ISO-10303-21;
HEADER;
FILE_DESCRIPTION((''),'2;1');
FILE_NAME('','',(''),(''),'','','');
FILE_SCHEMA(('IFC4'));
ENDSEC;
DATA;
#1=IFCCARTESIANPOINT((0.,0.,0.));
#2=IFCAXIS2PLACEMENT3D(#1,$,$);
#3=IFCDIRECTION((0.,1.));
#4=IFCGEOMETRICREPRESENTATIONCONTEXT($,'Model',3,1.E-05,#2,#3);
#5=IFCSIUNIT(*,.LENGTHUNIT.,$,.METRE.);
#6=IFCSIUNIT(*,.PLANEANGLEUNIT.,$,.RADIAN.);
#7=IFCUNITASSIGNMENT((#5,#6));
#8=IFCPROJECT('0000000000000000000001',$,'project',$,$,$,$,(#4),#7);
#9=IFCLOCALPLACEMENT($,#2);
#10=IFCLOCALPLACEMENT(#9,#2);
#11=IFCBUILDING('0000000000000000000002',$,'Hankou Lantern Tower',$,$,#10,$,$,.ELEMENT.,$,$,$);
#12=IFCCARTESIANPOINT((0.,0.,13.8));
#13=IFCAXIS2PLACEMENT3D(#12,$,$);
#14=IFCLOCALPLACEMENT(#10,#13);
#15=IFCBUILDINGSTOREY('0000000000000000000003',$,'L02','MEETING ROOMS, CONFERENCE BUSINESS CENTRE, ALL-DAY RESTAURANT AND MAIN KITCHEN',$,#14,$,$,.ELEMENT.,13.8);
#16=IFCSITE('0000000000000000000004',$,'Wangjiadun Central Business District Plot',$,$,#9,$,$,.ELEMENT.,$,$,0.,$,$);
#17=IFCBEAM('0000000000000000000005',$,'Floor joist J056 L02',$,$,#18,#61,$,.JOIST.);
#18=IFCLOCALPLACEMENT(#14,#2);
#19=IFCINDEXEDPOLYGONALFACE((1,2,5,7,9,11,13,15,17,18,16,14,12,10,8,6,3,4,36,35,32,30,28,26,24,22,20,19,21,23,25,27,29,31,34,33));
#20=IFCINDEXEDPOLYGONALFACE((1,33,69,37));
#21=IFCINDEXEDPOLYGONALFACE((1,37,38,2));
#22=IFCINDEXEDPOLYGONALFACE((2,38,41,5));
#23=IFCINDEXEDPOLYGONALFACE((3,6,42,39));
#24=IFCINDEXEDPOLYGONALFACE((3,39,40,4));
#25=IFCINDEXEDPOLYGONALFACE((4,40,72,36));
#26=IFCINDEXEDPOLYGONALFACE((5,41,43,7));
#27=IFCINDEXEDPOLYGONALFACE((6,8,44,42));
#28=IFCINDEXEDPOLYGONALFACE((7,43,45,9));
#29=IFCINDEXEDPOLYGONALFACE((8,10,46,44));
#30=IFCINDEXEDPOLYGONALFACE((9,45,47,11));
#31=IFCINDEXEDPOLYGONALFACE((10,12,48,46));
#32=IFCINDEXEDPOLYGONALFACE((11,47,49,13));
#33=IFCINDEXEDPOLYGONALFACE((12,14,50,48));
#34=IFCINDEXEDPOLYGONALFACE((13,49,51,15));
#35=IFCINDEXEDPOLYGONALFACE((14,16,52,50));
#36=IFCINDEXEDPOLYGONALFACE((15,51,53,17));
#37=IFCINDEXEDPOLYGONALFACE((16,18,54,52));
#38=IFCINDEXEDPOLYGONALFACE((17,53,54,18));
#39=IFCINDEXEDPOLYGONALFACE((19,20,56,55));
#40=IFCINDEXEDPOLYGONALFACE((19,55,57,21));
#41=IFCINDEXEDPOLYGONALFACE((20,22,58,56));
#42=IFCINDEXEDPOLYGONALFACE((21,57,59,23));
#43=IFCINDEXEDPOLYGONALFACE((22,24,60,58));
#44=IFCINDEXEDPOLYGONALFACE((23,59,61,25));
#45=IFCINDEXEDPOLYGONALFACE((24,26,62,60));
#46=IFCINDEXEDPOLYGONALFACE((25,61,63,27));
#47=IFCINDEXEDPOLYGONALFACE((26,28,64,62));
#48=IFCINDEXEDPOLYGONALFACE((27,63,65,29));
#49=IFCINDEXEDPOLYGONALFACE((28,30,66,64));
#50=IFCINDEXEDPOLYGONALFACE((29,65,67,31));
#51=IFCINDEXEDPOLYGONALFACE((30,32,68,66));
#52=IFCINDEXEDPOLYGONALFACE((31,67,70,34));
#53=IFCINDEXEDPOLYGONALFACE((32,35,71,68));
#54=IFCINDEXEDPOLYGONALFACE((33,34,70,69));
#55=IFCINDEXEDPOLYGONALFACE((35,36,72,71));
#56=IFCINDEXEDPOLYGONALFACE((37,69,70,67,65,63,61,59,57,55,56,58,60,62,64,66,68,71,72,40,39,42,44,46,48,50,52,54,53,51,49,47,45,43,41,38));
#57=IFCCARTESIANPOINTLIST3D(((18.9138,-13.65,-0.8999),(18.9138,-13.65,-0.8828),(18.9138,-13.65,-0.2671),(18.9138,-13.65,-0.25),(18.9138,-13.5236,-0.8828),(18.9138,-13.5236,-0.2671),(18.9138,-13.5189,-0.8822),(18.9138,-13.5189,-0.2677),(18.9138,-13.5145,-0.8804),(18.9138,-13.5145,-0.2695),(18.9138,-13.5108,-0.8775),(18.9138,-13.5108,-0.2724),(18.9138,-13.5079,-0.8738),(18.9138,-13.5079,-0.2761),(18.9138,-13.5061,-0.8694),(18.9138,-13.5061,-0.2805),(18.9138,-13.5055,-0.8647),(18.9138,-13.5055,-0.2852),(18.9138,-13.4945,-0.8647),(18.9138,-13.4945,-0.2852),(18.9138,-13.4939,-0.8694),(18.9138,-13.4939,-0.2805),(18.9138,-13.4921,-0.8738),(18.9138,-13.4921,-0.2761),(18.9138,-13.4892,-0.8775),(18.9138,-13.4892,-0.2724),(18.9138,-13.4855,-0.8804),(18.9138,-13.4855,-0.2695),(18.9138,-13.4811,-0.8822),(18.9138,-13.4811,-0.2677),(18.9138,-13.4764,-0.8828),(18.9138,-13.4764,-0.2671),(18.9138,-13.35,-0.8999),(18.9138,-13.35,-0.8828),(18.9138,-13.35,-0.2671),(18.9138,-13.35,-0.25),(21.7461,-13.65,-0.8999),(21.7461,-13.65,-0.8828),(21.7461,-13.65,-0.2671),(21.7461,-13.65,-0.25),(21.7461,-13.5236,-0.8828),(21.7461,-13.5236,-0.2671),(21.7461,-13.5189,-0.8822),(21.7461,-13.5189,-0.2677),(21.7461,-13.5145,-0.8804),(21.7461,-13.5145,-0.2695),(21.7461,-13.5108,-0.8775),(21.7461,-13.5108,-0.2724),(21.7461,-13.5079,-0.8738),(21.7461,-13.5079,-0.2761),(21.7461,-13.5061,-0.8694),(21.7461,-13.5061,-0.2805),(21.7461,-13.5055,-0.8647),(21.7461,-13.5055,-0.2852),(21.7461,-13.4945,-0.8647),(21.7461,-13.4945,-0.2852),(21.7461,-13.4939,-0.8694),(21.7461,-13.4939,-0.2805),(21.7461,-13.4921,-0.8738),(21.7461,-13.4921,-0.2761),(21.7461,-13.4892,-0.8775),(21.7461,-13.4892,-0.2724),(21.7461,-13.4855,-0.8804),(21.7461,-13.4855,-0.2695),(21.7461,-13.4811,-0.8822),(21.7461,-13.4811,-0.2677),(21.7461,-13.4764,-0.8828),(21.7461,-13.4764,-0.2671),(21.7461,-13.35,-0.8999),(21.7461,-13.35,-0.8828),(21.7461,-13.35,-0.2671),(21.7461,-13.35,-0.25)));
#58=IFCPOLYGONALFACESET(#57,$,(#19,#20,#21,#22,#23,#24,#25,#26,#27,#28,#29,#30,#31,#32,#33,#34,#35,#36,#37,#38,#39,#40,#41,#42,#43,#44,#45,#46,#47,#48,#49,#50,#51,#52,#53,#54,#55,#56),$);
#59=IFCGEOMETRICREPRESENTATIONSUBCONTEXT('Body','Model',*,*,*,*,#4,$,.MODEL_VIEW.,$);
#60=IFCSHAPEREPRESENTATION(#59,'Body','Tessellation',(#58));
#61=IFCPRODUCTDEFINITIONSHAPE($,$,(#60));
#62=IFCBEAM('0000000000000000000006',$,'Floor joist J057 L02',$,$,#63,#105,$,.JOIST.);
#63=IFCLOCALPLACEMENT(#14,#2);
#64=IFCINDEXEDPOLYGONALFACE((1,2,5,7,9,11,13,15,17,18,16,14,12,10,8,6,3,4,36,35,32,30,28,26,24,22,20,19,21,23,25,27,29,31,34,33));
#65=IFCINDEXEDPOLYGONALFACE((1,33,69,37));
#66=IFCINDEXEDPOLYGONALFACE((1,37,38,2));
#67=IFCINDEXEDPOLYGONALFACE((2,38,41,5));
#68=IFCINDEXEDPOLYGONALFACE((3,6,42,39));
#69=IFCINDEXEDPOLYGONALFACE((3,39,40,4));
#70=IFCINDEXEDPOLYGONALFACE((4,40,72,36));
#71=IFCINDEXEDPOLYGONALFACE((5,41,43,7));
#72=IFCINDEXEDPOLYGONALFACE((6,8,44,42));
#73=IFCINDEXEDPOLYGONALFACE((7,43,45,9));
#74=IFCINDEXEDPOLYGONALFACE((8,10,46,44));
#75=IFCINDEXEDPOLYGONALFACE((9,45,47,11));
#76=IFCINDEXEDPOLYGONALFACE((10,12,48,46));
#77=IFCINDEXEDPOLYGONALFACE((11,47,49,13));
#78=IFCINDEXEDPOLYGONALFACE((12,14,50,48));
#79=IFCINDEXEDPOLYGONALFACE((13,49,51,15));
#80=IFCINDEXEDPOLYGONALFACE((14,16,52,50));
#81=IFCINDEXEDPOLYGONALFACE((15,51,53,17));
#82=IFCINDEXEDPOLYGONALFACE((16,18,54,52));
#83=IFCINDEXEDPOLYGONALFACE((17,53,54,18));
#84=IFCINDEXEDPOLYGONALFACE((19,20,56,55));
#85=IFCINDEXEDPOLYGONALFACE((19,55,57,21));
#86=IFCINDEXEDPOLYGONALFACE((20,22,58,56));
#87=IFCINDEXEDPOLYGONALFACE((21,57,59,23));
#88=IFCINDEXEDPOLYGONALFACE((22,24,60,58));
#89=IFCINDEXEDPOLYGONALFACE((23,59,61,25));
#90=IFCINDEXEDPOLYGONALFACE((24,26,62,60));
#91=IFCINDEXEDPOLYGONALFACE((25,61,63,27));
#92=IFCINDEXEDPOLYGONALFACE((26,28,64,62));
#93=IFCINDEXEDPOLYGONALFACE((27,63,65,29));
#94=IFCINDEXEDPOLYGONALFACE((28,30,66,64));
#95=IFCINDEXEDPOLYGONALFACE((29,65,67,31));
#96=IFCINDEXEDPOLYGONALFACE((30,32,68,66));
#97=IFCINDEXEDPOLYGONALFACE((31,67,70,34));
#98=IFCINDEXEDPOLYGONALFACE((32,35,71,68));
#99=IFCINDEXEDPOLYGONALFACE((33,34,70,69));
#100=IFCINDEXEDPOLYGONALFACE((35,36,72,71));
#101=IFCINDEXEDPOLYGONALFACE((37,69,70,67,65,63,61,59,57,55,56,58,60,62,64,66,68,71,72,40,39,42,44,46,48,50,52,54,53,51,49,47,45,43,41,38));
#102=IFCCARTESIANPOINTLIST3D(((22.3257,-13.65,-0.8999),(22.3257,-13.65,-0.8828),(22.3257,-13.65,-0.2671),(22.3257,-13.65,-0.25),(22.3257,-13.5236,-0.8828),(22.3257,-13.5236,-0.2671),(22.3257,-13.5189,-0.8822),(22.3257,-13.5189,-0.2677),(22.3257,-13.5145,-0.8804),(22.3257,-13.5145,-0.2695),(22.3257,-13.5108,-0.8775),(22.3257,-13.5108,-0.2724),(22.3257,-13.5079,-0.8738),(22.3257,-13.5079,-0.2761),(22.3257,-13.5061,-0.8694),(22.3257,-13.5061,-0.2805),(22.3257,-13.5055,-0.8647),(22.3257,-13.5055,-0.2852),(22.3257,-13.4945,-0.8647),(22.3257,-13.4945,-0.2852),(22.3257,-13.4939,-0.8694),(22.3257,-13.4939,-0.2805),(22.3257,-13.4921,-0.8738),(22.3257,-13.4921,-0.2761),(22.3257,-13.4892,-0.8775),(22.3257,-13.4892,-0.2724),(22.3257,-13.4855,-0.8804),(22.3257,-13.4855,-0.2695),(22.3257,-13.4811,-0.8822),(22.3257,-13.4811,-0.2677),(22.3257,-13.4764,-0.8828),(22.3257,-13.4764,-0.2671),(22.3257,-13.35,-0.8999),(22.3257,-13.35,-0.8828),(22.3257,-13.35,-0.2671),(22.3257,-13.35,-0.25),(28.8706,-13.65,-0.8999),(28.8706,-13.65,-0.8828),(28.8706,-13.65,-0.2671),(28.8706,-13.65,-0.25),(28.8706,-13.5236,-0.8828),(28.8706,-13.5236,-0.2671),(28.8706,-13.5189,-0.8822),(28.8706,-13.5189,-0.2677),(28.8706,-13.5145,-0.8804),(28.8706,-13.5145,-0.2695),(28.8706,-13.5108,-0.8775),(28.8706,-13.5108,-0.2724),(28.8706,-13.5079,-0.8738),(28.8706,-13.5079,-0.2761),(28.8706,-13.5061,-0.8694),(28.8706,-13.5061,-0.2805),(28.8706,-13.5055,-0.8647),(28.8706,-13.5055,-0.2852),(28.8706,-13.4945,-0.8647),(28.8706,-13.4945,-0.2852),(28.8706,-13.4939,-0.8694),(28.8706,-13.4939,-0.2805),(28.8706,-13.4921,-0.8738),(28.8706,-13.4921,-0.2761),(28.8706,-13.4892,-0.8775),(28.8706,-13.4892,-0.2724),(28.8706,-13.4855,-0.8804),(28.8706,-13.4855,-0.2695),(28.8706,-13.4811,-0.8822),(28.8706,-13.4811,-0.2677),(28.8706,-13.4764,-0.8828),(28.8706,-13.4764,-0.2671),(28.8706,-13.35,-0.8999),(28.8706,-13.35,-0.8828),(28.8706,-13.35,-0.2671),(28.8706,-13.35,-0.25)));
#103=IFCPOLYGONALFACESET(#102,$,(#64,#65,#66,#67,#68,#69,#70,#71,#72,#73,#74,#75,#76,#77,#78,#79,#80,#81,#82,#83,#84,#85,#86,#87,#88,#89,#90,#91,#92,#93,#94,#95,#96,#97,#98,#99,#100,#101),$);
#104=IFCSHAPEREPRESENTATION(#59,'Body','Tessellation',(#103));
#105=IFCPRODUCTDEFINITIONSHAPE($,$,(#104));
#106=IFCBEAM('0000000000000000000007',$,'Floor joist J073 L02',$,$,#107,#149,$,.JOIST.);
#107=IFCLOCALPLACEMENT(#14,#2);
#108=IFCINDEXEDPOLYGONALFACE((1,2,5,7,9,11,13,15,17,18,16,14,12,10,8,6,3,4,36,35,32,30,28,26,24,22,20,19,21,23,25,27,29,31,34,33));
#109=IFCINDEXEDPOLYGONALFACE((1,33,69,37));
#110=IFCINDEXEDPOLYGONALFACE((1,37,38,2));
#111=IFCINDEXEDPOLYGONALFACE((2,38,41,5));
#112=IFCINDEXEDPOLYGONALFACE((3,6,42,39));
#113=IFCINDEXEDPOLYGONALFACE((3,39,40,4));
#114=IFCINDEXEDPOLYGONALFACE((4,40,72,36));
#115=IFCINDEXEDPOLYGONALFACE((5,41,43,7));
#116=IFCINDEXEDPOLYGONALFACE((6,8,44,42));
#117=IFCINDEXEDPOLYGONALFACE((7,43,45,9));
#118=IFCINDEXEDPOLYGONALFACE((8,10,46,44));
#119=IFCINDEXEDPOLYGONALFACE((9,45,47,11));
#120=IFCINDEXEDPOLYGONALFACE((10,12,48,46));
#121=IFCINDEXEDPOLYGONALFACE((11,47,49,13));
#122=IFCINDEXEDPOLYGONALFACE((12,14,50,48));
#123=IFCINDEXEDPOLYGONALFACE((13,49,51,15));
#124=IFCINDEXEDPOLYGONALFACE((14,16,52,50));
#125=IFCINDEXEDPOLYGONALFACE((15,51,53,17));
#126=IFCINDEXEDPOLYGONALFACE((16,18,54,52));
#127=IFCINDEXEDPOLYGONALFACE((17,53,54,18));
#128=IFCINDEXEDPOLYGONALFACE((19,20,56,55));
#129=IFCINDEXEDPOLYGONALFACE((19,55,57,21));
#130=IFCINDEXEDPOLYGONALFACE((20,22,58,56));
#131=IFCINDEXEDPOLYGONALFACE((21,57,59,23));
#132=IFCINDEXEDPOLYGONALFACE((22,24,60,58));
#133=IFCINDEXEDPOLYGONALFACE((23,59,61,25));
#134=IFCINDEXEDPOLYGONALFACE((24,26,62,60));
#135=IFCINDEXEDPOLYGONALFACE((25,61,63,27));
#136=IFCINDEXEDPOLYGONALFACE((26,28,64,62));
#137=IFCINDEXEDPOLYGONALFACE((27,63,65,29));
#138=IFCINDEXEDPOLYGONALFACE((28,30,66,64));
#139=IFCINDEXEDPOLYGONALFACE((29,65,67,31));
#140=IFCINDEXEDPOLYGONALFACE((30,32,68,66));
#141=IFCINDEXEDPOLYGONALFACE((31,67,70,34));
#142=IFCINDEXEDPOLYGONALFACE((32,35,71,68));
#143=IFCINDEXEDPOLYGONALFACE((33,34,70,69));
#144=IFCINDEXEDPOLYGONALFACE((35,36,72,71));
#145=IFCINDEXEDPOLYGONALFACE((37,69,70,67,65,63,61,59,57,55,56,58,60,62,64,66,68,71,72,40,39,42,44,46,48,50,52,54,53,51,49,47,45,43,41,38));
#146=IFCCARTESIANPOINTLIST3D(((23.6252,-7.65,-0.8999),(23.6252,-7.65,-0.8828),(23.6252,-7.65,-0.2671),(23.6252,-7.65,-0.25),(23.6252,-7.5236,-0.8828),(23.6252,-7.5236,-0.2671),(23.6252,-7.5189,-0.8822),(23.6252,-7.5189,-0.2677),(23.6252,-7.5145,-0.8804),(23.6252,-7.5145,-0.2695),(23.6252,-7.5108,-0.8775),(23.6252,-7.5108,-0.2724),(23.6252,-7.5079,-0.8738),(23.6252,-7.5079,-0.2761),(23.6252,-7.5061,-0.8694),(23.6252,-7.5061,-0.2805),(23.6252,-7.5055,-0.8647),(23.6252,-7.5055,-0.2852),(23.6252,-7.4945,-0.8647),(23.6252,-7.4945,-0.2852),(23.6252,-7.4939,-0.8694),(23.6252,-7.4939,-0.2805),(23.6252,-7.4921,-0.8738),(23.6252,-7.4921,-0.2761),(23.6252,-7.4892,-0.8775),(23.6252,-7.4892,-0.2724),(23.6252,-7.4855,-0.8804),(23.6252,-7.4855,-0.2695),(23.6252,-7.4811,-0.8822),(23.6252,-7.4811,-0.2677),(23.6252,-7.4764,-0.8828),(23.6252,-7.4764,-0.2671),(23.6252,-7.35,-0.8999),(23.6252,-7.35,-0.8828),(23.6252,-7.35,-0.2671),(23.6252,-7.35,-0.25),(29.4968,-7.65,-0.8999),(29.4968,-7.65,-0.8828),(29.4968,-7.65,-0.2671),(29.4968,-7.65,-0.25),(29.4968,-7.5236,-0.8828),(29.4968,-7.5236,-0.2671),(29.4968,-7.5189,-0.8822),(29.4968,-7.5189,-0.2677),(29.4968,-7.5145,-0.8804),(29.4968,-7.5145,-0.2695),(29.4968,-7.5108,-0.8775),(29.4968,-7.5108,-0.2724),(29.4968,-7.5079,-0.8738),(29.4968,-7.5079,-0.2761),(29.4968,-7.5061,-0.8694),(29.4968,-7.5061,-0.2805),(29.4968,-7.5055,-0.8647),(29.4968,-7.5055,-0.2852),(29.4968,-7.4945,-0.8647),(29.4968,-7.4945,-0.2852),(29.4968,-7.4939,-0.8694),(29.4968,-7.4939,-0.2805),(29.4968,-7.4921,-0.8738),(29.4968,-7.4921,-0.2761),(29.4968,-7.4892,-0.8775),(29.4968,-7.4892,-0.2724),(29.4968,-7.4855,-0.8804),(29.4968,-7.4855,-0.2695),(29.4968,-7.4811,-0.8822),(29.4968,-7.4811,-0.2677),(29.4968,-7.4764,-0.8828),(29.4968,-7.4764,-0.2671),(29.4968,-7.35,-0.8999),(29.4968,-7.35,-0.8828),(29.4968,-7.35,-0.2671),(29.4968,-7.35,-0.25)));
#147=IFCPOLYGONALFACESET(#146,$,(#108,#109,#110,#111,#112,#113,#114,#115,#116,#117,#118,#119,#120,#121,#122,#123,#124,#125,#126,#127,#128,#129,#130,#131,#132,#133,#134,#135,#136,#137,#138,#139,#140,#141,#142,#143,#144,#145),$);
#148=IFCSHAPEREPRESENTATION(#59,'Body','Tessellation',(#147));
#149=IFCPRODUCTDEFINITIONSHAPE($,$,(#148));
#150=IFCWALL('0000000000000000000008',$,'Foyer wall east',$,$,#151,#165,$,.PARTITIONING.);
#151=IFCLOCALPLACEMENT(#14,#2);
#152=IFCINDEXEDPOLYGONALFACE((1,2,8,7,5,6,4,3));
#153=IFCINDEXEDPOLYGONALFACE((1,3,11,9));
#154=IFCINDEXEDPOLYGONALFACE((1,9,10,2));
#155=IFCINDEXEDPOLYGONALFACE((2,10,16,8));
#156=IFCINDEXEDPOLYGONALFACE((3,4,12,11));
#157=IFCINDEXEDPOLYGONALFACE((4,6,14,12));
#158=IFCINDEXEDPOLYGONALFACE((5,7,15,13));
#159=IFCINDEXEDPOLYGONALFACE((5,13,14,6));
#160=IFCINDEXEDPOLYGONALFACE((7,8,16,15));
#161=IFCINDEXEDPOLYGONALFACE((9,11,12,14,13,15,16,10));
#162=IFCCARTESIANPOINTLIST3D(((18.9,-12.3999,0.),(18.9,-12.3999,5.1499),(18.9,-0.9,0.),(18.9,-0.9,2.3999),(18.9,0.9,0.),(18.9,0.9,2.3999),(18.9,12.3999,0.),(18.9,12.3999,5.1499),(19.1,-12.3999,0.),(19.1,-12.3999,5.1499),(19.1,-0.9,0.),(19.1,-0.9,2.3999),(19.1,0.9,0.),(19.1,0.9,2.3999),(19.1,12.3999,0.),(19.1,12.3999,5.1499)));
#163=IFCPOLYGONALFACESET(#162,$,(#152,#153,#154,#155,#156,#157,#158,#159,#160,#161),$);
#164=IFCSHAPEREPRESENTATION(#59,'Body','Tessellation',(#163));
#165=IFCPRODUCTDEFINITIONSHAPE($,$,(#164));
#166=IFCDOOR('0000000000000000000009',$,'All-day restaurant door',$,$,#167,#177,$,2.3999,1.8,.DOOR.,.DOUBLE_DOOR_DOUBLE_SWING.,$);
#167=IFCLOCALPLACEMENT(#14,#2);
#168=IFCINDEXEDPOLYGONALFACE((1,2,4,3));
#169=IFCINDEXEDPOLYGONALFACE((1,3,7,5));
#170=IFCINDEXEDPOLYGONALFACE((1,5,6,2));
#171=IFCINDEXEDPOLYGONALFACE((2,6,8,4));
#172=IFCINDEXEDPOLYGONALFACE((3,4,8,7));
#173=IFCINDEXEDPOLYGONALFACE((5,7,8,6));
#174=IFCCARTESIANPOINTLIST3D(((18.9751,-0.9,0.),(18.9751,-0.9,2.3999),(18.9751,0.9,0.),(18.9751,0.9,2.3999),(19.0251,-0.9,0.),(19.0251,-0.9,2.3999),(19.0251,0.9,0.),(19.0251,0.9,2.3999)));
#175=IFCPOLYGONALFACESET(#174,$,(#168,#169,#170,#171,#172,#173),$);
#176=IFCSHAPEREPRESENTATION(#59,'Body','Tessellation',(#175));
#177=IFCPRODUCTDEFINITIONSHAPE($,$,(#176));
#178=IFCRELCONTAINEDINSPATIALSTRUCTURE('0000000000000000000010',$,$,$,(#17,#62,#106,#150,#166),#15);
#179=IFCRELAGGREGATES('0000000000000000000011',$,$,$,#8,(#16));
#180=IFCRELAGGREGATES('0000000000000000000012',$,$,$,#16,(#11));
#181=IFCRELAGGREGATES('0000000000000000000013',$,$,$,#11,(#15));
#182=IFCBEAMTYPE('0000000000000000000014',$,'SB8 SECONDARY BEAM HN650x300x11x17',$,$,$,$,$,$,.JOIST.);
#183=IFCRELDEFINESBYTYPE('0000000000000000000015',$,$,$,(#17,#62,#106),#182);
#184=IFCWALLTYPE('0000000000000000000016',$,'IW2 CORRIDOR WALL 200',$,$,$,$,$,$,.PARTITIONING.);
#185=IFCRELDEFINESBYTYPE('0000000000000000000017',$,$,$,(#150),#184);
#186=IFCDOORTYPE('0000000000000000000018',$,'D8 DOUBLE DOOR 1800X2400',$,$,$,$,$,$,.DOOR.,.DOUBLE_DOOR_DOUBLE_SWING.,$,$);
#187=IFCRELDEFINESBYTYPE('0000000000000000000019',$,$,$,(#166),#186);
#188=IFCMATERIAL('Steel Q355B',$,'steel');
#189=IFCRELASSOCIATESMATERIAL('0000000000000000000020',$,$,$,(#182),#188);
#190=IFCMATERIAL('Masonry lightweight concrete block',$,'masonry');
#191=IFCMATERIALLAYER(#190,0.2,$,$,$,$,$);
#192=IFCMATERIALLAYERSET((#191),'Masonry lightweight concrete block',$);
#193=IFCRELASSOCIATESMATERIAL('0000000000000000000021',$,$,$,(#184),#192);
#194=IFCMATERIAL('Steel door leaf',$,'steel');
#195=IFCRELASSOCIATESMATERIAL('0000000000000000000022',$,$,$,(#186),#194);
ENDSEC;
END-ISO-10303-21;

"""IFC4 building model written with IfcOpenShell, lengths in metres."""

from ifc_helpers import new_model, si_unit, direction, frame, frame_2d, origin, origin_2d, place, context, subcontext, project, spatial, rectangle, i_section, extrude, material, layer, layer_set, material_profile, profile_set, type_object, element, fill, save


model = new_model("IFC4")

# Units and contexts
model_context = context("Model", 3, precision=1e-05, world=origin(), true_north=direction((0.0, 1.0)))
body_context = subcontext(model_context, "Body", "Model", "MODEL_VIEW")
ifc_project = project(units=[si_unit("LENGTHUNIT", "METRE"), si_unit("PLANEANGLEUNIT", "RADIAN")], contexts=[model_context])

# Site, building, storey
site_placement = place(None, origin())
site = spatial("IfcSite", under=ifc_project, at=site_placement, Name="Wangjiadun Central Business District Plot", CompositionType="ELEMENT", RefElevation=0.0)
building_placement = place(site_placement, origin())
building = spatial("IfcBuilding", under=site, at=building_placement, Name="Hankou Lantern Tower", CompositionType="ELEMENT")
storey_placement = place(building_placement, frame((0.0, 0.0, 13.8)))
storey = spatial("IfcBuildingStorey", under=building, at=storey_placement, Name="L02", Description="MEETING ROOMS, CONFERENCE BUSINESS CENTRE, ALL-DAY RESTAURANT AND MAIN KITCHEN", CompositionType="ELEMENT", Elevation=13.8)

# Beams
ifc_material_1 = material(Name="Steel Q355B", Category="steel")
ifc_material_profile_1 = material_profile(ifc_material_1, i_section(OverallWidth=0.3, OverallDepth=0.6499, WebThickness=0.011, FlangeThickness=0.0171, FilletRadius=0.0181, at=origin_2d()), Name="HN650x300x11x17")
ifc_profile_set_1 = profile_set([ifc_material_profile_1], Name="Steel Q355B")
beam_type_1 = type_object("IfcBeamType", Name="SB8 SECONDARY BEAM HN650x300x11x17", PredefinedType="JOIST", material=ifc_profile_set_1)
beam_1_placement = place(storey_placement, frame((18.9138, -13.5, -0.575), z_axis=(1.0, 0.0, 0.0), x_axis=(0.0, 1.0, 0.0)))
element("IfcBeam", 1, at=beam_1_placement, inside=storey, type_object=beam_type_1, Name="Floor joist J056 L02", PredefinedType="JOIST", context=body_context, shape_type="SweptSolid", body=[
    extrude(i_section(OverallWidth=0.3, OverallDepth=0.6499, WebThickness=0.011, FlangeThickness=0.0171, FilletRadius=0.0181, at=origin_2d()), origin(), (0.0, 0.0, 1.0), 2.8323),
])
beam_2_placement = place(storey_placement, frame((22.3257, -13.5, -0.575), z_axis=(1.0, 0.0, 0.0), x_axis=(0.0, 1.0, 0.0)))
element("IfcBeam", 2, at=beam_2_placement, inside=storey, type_object=beam_type_1, Name="Floor joist J057 L02", PredefinedType="JOIST", context=body_context, shape_type="SweptSolid", body=[
    extrude(i_section(OverallWidth=0.3, OverallDepth=0.6499, WebThickness=0.011, FlangeThickness=0.0171, FilletRadius=0.0181, at=origin_2d()), origin(), (0.0, 0.0, 1.0), 6.5449),
])
beam_3_placement = place(storey_placement, frame((23.6252, -7.5, -0.575), z_axis=(1.0, 0.0, 0.0), x_axis=(0.0, 1.0, 0.0)))
element("IfcBeam", 3, at=beam_3_placement, inside=storey, type_object=beam_type_1, Name="Floor joist J073 L02", PredefinedType="JOIST", context=body_context, shape_type="SweptSolid", body=[
    extrude(i_section(OverallWidth=0.3, OverallDepth=0.6499, WebThickness=0.011, FlangeThickness=0.0171, FilletRadius=0.0181, at=origin_2d()), origin(), (0.0, 0.0, 1.0), 5.8716),
])

# Wall, opening, door
ifc_material_2 = material(Name="Masonry lightweight concrete block", Category="masonry")
ifc_layer = layer(ifc_material_2, 0.2)
ifc_layer_set = layer_set([ifc_layer], Name="Masonry lightweight concrete block")
wall_type = type_object("IfcWallType", Name="IW2 CORRIDOR WALL 200", PredefinedType="PARTITIONING", material=ifc_layer_set)
wall_1_placement = place(storey_placement, frame((19.0, -12.3999, 0.0), z_axis=(0.0, 0.0, 1.0), x_axis=(0.0, 1.0, 0.0)))
wall_1 = element("IfcWall", 4, at=wall_1_placement, inside=storey, type_object=wall_type, Name="Foyer wall east", PredefinedType="PARTITIONING", context=body_context, shape_type="SweptSolid", body=[
    extrude(rectangle(XDim=24.7998, YDim=0.2, at=frame_2d((12.3999, 0.0))), origin(), (0.0, 0.0, 1.0), 5.1499),
])
opening_1_placement = place(wall_1_placement, frame((11.5, 0.0, 0.0)))
opening_1 = element("IfcOpeningElement", 5, at=opening_1_placement, cuts=wall_1, PredefinedType="OPENING", context=body_context, shape_type="SweptSolid", body=[
    extrude(rectangle(XDim=1.8, YDim=2.3999, at=frame_2d((0.8999, 1.2))), frame((0.0, 0.1099, 0.0), z_axis=(0.0, -1.0, 0.0), x_axis=(1.0, 0.0, 0.0)), (0.0, 0.0, 1.0), 0.22),
])
ifc_material_3 = material(Name="Steel door leaf", Category="steel")
door_type_1 = type_object("IfcDoorType", Name="D8 DOUBLE DOOR 1800X2400", OperationType="DOUBLE_DOOR_DOUBLE_SWING", PredefinedType="DOOR", material=ifc_material_3)
door_1_placement = place(opening_1_placement, origin())
door_1 = element("IfcDoor", 6, at=door_1_placement, inside=storey, type_object=door_type_1, Name="All-day restaurant door", OperationType="DOUBLE_DOOR_DOUBLE_SWING", OverallHeight=2.3999, OverallWidth=1.8, PredefinedType="DOOR", context=body_context, shape_type="SweptSolid", body=[
    extrude(rectangle(XDim=1.8, YDim=2.3999, at=frame_2d((0.8999, 1.2))), frame((0.0, 0.0249, 0.0), z_axis=(0.0, -1.0, 0.0), x_axis=(1.0, 0.0, 0.0)), (0.0, 0.0, 1.0), 0.05),
])
fill(opening_1, door_1)

save(model, "model.ifc")
